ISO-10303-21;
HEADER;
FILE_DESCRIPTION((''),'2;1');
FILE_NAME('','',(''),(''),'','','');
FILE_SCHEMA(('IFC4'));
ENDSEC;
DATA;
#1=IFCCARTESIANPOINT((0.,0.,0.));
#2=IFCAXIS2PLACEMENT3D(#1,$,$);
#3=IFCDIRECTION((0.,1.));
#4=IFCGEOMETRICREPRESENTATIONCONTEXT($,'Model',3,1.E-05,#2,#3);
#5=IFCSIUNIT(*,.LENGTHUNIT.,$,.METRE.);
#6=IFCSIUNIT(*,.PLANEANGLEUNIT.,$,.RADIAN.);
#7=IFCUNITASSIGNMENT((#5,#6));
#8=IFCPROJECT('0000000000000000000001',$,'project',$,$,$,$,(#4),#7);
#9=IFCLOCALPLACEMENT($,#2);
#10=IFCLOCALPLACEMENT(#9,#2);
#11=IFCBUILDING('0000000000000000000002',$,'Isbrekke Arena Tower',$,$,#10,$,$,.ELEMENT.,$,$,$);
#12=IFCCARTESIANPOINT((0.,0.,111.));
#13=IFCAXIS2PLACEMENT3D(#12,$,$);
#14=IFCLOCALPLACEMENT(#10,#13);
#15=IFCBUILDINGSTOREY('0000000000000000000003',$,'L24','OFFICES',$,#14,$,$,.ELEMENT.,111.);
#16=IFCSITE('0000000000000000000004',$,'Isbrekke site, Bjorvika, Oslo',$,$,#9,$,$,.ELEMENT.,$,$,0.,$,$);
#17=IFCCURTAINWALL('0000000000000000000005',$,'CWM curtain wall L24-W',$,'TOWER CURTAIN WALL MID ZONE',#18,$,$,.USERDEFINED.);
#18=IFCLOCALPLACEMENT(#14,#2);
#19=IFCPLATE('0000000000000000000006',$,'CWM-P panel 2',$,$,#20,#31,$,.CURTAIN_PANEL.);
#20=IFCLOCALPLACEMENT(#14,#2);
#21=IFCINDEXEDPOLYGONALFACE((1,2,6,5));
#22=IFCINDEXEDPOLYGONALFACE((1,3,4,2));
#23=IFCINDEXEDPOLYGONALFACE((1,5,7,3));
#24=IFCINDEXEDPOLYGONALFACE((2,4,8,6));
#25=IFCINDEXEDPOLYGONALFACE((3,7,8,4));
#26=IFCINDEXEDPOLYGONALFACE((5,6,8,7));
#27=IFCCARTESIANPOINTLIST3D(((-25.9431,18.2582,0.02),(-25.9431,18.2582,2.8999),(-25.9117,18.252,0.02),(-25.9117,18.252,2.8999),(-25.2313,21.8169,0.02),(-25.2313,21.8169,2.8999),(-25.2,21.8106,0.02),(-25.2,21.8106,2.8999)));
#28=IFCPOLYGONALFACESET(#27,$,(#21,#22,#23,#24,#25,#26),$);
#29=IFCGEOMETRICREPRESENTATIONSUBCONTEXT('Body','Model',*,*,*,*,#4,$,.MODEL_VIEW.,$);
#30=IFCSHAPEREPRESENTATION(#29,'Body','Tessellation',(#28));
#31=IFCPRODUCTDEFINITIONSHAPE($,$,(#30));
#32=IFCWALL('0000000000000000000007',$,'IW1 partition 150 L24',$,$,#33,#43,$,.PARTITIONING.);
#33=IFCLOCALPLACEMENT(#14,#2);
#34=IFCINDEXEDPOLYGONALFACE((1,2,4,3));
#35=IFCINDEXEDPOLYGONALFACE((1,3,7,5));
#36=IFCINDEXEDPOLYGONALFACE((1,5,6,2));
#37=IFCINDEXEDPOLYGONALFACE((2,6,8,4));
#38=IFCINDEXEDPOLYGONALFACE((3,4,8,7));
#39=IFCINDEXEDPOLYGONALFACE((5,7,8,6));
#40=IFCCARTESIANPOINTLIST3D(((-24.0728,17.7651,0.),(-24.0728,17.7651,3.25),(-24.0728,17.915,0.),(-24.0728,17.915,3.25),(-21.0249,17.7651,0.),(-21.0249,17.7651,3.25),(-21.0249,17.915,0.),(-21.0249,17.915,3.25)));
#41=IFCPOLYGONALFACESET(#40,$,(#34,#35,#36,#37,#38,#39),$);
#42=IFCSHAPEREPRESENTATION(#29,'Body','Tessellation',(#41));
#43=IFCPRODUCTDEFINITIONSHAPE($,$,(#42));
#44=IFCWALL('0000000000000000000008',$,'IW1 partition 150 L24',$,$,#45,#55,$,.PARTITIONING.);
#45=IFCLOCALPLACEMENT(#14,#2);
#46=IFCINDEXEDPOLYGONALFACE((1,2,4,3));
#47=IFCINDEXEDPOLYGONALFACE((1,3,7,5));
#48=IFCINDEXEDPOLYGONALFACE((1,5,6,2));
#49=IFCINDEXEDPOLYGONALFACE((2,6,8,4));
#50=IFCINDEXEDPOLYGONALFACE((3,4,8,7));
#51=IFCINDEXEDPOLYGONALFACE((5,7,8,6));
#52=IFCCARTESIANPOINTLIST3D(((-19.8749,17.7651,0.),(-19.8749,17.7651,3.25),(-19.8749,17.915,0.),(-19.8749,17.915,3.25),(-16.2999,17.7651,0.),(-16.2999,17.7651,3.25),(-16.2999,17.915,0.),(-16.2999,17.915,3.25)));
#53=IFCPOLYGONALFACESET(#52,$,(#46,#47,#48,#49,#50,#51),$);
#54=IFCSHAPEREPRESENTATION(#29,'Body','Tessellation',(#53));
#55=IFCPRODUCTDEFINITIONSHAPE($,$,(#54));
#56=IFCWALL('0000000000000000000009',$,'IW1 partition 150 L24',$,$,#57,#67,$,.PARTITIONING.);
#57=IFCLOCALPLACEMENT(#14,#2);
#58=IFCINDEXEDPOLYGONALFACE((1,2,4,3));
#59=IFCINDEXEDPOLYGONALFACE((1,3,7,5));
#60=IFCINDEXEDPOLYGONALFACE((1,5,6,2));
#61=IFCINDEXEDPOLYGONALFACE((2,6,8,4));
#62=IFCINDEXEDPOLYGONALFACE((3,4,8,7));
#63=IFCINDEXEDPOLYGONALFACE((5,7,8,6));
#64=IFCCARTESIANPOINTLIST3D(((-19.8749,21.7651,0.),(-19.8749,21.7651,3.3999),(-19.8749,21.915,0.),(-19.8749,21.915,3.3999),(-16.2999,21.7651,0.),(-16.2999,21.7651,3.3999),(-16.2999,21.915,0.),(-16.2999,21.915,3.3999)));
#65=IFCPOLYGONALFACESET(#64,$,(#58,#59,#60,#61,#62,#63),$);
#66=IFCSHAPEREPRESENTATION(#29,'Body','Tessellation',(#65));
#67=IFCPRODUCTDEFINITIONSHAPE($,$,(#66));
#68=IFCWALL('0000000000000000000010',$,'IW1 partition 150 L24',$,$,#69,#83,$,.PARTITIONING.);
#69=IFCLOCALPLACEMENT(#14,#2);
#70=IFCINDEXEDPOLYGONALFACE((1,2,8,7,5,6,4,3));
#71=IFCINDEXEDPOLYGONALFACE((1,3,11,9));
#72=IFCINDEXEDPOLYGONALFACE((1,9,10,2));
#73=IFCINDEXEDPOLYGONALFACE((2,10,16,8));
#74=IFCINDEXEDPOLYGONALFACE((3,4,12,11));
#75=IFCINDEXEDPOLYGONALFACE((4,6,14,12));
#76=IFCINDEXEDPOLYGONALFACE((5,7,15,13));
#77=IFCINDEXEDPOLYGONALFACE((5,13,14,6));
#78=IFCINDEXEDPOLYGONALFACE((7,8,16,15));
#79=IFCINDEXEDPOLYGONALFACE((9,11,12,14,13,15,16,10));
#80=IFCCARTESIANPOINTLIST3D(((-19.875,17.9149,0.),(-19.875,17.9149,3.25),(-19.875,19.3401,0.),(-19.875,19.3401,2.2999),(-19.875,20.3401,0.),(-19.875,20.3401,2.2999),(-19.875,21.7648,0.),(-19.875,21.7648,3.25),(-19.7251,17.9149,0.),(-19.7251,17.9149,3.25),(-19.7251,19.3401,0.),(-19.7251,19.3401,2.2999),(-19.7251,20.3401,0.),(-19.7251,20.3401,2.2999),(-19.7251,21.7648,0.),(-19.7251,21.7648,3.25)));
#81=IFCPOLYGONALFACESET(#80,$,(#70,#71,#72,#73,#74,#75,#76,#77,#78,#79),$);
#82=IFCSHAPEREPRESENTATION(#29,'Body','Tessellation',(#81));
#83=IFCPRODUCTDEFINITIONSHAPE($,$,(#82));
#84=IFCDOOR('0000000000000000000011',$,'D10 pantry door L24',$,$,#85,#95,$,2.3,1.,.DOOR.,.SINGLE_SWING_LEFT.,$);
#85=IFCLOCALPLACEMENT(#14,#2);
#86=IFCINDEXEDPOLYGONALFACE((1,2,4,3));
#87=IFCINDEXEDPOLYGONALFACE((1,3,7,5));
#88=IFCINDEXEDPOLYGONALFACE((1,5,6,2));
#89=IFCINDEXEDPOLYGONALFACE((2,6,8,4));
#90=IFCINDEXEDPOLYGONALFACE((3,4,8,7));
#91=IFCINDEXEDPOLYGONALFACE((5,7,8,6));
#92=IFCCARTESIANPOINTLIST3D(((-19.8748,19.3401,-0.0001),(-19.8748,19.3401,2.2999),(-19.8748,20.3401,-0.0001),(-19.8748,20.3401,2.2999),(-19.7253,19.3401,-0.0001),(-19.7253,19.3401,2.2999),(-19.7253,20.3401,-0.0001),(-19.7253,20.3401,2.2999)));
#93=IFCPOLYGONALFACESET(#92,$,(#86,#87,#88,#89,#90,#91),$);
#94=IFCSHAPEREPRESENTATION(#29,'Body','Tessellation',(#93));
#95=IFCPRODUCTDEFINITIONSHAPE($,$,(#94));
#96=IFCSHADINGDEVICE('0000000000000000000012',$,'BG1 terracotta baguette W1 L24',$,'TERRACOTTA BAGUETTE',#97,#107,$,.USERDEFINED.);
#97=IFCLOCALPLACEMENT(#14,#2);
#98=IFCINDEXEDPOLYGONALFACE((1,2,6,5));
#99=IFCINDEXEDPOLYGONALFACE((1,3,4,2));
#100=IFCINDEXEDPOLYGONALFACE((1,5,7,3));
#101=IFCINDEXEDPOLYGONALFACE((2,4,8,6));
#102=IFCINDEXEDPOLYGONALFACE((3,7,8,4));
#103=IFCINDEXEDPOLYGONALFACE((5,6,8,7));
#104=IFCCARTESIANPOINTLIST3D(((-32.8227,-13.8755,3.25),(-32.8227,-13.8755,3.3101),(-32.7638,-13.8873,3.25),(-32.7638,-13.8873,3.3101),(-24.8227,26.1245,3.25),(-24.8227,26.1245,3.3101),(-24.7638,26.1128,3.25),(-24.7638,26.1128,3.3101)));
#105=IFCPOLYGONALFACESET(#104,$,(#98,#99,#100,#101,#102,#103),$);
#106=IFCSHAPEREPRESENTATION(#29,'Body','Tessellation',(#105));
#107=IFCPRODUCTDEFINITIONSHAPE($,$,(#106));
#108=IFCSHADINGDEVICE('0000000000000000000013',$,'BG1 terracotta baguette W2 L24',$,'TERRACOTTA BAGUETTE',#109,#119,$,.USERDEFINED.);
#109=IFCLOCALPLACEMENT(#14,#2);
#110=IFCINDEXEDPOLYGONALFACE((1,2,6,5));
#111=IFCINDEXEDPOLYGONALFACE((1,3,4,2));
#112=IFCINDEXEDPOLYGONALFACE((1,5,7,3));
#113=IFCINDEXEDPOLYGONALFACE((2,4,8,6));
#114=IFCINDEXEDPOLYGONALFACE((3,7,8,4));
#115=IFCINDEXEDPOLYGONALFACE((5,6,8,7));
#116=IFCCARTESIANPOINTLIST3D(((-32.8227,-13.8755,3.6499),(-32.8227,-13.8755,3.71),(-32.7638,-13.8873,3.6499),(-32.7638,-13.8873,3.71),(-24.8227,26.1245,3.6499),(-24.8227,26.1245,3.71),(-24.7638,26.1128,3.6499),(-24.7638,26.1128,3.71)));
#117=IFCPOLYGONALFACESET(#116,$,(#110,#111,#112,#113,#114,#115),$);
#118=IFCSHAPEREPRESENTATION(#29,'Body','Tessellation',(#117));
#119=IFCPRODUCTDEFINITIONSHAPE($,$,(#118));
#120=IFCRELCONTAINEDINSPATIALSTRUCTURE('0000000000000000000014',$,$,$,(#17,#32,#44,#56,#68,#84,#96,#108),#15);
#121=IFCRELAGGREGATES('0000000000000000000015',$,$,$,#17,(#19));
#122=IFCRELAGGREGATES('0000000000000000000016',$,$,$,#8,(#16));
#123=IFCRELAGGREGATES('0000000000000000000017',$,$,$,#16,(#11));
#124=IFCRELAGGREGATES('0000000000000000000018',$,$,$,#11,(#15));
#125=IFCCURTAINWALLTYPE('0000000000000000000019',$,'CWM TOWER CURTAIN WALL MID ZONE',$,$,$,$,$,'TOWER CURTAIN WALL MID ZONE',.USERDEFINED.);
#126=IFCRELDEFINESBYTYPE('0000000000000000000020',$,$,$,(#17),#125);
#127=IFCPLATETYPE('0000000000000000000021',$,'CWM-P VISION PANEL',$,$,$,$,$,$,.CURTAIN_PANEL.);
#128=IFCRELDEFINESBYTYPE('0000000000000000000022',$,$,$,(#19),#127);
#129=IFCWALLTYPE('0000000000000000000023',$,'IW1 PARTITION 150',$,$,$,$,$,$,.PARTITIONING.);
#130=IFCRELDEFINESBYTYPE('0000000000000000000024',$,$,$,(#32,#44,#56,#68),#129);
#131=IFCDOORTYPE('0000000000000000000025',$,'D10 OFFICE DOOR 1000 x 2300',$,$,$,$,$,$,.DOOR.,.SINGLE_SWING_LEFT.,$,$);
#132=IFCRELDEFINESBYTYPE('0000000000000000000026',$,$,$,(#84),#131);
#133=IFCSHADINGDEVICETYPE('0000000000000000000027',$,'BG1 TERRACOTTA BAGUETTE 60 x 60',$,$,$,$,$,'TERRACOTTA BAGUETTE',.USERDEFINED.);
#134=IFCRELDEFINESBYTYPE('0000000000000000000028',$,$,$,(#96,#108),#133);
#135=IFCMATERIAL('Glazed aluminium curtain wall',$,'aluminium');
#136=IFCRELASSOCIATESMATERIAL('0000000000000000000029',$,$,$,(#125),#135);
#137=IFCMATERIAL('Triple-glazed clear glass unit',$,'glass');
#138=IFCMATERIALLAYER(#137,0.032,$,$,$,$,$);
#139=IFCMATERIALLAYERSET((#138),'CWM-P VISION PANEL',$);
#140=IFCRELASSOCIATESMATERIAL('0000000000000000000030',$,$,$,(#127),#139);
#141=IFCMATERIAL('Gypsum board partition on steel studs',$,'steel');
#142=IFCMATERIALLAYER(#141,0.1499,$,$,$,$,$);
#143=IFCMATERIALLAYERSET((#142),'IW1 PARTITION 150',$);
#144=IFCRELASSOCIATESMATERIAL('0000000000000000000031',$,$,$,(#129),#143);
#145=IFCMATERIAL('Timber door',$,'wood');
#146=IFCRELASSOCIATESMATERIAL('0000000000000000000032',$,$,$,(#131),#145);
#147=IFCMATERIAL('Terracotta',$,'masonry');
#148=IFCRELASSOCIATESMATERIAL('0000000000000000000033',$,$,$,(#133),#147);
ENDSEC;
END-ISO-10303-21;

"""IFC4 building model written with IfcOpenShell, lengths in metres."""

from ifc_helpers import new_model, si_unit, direction, frame, frame_2d, origin, origin_2d, place, context, subcontext, project, spatial, rectangle, extrude, material, layer, layer_set, material_profile, profile_set, type_object, element, fill, aggregate, save


model = new_model("IFC4")

# Units and contexts
model_context = context("Model", 3, precision=1e-05, world=origin(), true_north=direction((0.0, 1.0)))
body_context = subcontext(model_context, "Body", "Model", "MODEL_VIEW")
ifc_project = project(units=[si_unit("LENGTHUNIT", "METRE"), si_unit("PLANEANGLEUNIT", "RADIAN")], contexts=[model_context])

# Site, building, storey
site_placement = place(None, origin())
site = spatial("IfcSite", under=ifc_project, at=site_placement, Name="Isbrekke site, Bjorvika, Oslo", CompositionType="ELEMENT", RefElevation=0.0)
building_placement = place(site_placement, origin())
building = spatial("IfcBuilding", under=site, at=building_placement, Name="Isbrekke Arena Tower", CompositionType="ELEMENT")
storey_placement = place(building_placement, frame((0.0, 0.0, 111.0)))
storey = spatial("IfcBuildingStorey", under=building, at=storey_placement, Name="L24", Description="OFFICES", CompositionType="ELEMENT", Elevation=111.0)

# Shared definitions
ifc_material_1 = material(Name="Glazed aluminium curtain wall", Category="aluminium")
curtain_wall_type = type_object("IfcCurtainWallType", Name="CWM TOWER CURTAIN WALL MID ZONE", ElementType="TOWER CURTAIN WALL MID ZONE", PredefinedType="USERDEFINED", material=ifc_material_1)

# Curtain wall
curtain_wall_1_placement = place(storey_placement, origin())
curtain_wall_1 = element("IfcCurtainWall", 1, at=curtain_wall_1_placement, inside=storey, type_object=curtain_wall_type, Name="CWM curtain wall L24-W", ObjectType="TOWER CURTAIN WALL MID ZONE", PredefinedType="USERDEFINED")

# Plate
ifc_material_2 = material(Name="Triple-glazed clear glass unit", Category="glass")
ifc_layer_1 = layer(ifc_material_2, 0.032)
ifc_layer_set_1 = layer_set([ifc_layer_1], Name="CWM-P VISION PANEL")
plate_type = type_object("IfcPlateType", Name="CWM-P VISION PANEL", PredefinedType="CURTAIN_PANEL", material=ifc_layer_set_1)
plate_1_placement = place(storey_placement, frame((-25.5715, 20.0344, 0.02), z_axis=(0.0, 0.0, 1.0), x_axis=(-0.196116, -0.980581, 0.0)))
plate_1 = element("IfcPlate", 2, at=plate_1_placement, type_object=plate_type, Name="CWM-P panel 2", PredefinedType="CURTAIN_PANEL", context=body_context, shape_type="SweptSolid", body=[
    extrude(rectangle(XDim=3.6292, YDim=0.032, at=origin_2d()), origin(), (0.0, 0.0, 1.0), 2.8799),
])
aggregate(curtain_wall_1, [plate_1])

# Walls
ifc_material_3 = material(Name="Gypsum board partition on steel studs", Category="steel")
ifc_layer_2 = layer(ifc_material_3, 0.1499)
ifc_layer_set_2 = layer_set([ifc_layer_2], Name="IW1 PARTITION 150")
wall_type = type_object("IfcWallType", Name="IW1 PARTITION 150", PredefinedType="PARTITIONING", material=ifc_layer_set_2)
wall_1_placement = place(storey_placement, frame((-24.0728, 17.8401, 0.0), z_axis=(0.0, 0.0, 1.0), x_axis=(1.0, 0.0, 0.0)))
element("IfcWall", 3, at=wall_1_placement, inside=storey, type_object=wall_type, Name="IW1 partition 150 L24", PredefinedType="PARTITIONING", context=body_context, shape_type="SweptSolid", body=[
    extrude(rectangle(XDim=3.0479, YDim=0.1499, at=frame_2d((1.5239, 0.0))), origin(), (0.0, 0.0, 1.0), 3.25),
])
wall_2_placement = place(storey_placement, frame((-19.875, 17.8401, 0.0), z_axis=(0.0, 0.0, 1.0), x_axis=(1.0, 0.0, 0.0)))
element("IfcWall", 4, at=wall_2_placement, inside=storey, type_object=wall_type, Name="IW1 partition 150 L24", PredefinedType="PARTITIONING", context=body_context, shape_type="SweptSolid", body=[
    extrude(rectangle(XDim=3.575, YDim=0.1499, at=frame_2d((1.7876, 0.0))), origin(), (0.0, 0.0, 1.0), 3.25),
])
wall_3_placement = place(storey_placement, frame((-19.875, 21.8401, 0.0), z_axis=(0.0, 0.0, 1.0), x_axis=(1.0, 0.0, 0.0)))
element("IfcWall", 5, at=wall_3_placement, inside=storey, type_object=wall_type, Name="IW1 partition 150 L24", PredefinedType="PARTITIONING", context=body_context, shape_type="SweptSolid", body=[
    extrude(rectangle(XDim=3.575, YDim=0.1499, at=frame_2d((1.7876, 0.0))), origin(), (0.0, 0.0, 1.0), 3.3999),
])

# Wall, opening, door
wall_4_placement = place(storey_placement, frame((-19.8, 17.915, 0.0), z_axis=(0.0, 0.0, 1.0), x_axis=(0.0, 1.0, 0.0)))
wall_4 = element("IfcWall", 6, at=wall_4_placement, inside=storey, type_object=wall_type, Name="IW1 partition 150 L24", PredefinedType="PARTITIONING", context=body_context, shape_type="SweptSolid", body=[
    extrude(rectangle(XDim=3.8499, YDim=0.1499, at=frame_2d((1.9248, 0.0))), origin(), (0.0, 0.0, 1.0), 3.25),
])
opening_placement = place(wall_4_placement, frame((1.425, 0.0, 0.0)))
opening = element("IfcOpeningElement", 7, at=opening_placement, cuts=wall_4, PredefinedType="OPENING", context=body_context, shape_type="SweptSolid", body=[
    extrude(rectangle(XDim=1.0, YDim=2.3, at=frame_2d((0.5, 1.1499))), frame((0.0, 0.0898, 0.0), z_axis=(0.0, -1.0, 0.0), x_axis=(1.0, 0.0, 0.0)), (0.0, 0.0, 1.0), 0.1797),
])
ifc_material_4 = material(Name="Timber door", Category="wood")
door_type = type_object("IfcDoorType", Name="D10 OFFICE DOOR 1000 x 2300", OperationType="SINGLE_SWING_LEFT", PredefinedType="DOOR", material=ifc_material_4)
door_placement = place(opening_placement, origin())
door = element("IfcDoor", 8, at=door_placement, inside=storey, type_object=door_type, Name="D10 pantry door L24", OperationType="SINGLE_SWING_LEFT", OverallHeight=2.3, OverallWidth=1.0, PredefinedType="DOOR", context=body_context, shape_type="SweptSolid", body=[
    extrude(rectangle(XDim=1.0, YDim=2.3, at=frame_2d((0.5, 1.1499))), frame((0.0, 0.0747, 0.0), z_axis=(0.0, -1.0, 0.0), x_axis=(1.0, 0.0, 0.0)), (0.0, 0.0, 1.0), 0.1494),
])
fill(opening, door)

# Shading devices
ifc_material_5 = material(Name="Terracotta", Category="masonry")
ifc_material_profile_1 = material_profile(ifc_material_5, rectangle(XDim=0.0601, YDim=0.0601, at=origin_2d()), Name="BAGUETTE 60X60")
ifc_profile_set_1 = profile_set([ifc_material_profile_1], Name="Terracotta")
shading_device_type = type_object("IfcShadingDeviceType", Name="BG1 TERRACOTTA BAGUETTE 60 x 60", ElementType="TERRACOTTA BAGUETTE", PredefinedType="USERDEFINED", material=ifc_profile_set_1)
for number, where, z_axis, x_axis, name in (
    (9, (-24.7932, 26.1187, 3.28), (-0.196116, -0.980581, 0.0), (0.980581, -0.196116, 0.0), "BG1 terracotta baguette W1 L24"),
    (10, (-24.7932, 26.1187, 3.6799), (-0.196116, -0.980581, 0.0), (0.980581, -0.196116, 0.0), "BG1 terracotta baguette W2 L24"),
):
    element("IfcShadingDevice", number, at=place(storey_placement, frame(where, z_axis=z_axis, x_axis=x_axis)), inside=storey, type_object=shading_device_type, Name=name, ObjectType="TERRACOTTA BAGUETTE", PredefinedType="USERDEFINED", context=body_context, shape_type="SweptSolid", body=[
        extrude(rectangle(XDim=0.0601, YDim=0.0601, at=origin_2d()), origin(), (0.0, 0.0, 1.0), 40.7922),
    ])

save(model, "model.ifc")
